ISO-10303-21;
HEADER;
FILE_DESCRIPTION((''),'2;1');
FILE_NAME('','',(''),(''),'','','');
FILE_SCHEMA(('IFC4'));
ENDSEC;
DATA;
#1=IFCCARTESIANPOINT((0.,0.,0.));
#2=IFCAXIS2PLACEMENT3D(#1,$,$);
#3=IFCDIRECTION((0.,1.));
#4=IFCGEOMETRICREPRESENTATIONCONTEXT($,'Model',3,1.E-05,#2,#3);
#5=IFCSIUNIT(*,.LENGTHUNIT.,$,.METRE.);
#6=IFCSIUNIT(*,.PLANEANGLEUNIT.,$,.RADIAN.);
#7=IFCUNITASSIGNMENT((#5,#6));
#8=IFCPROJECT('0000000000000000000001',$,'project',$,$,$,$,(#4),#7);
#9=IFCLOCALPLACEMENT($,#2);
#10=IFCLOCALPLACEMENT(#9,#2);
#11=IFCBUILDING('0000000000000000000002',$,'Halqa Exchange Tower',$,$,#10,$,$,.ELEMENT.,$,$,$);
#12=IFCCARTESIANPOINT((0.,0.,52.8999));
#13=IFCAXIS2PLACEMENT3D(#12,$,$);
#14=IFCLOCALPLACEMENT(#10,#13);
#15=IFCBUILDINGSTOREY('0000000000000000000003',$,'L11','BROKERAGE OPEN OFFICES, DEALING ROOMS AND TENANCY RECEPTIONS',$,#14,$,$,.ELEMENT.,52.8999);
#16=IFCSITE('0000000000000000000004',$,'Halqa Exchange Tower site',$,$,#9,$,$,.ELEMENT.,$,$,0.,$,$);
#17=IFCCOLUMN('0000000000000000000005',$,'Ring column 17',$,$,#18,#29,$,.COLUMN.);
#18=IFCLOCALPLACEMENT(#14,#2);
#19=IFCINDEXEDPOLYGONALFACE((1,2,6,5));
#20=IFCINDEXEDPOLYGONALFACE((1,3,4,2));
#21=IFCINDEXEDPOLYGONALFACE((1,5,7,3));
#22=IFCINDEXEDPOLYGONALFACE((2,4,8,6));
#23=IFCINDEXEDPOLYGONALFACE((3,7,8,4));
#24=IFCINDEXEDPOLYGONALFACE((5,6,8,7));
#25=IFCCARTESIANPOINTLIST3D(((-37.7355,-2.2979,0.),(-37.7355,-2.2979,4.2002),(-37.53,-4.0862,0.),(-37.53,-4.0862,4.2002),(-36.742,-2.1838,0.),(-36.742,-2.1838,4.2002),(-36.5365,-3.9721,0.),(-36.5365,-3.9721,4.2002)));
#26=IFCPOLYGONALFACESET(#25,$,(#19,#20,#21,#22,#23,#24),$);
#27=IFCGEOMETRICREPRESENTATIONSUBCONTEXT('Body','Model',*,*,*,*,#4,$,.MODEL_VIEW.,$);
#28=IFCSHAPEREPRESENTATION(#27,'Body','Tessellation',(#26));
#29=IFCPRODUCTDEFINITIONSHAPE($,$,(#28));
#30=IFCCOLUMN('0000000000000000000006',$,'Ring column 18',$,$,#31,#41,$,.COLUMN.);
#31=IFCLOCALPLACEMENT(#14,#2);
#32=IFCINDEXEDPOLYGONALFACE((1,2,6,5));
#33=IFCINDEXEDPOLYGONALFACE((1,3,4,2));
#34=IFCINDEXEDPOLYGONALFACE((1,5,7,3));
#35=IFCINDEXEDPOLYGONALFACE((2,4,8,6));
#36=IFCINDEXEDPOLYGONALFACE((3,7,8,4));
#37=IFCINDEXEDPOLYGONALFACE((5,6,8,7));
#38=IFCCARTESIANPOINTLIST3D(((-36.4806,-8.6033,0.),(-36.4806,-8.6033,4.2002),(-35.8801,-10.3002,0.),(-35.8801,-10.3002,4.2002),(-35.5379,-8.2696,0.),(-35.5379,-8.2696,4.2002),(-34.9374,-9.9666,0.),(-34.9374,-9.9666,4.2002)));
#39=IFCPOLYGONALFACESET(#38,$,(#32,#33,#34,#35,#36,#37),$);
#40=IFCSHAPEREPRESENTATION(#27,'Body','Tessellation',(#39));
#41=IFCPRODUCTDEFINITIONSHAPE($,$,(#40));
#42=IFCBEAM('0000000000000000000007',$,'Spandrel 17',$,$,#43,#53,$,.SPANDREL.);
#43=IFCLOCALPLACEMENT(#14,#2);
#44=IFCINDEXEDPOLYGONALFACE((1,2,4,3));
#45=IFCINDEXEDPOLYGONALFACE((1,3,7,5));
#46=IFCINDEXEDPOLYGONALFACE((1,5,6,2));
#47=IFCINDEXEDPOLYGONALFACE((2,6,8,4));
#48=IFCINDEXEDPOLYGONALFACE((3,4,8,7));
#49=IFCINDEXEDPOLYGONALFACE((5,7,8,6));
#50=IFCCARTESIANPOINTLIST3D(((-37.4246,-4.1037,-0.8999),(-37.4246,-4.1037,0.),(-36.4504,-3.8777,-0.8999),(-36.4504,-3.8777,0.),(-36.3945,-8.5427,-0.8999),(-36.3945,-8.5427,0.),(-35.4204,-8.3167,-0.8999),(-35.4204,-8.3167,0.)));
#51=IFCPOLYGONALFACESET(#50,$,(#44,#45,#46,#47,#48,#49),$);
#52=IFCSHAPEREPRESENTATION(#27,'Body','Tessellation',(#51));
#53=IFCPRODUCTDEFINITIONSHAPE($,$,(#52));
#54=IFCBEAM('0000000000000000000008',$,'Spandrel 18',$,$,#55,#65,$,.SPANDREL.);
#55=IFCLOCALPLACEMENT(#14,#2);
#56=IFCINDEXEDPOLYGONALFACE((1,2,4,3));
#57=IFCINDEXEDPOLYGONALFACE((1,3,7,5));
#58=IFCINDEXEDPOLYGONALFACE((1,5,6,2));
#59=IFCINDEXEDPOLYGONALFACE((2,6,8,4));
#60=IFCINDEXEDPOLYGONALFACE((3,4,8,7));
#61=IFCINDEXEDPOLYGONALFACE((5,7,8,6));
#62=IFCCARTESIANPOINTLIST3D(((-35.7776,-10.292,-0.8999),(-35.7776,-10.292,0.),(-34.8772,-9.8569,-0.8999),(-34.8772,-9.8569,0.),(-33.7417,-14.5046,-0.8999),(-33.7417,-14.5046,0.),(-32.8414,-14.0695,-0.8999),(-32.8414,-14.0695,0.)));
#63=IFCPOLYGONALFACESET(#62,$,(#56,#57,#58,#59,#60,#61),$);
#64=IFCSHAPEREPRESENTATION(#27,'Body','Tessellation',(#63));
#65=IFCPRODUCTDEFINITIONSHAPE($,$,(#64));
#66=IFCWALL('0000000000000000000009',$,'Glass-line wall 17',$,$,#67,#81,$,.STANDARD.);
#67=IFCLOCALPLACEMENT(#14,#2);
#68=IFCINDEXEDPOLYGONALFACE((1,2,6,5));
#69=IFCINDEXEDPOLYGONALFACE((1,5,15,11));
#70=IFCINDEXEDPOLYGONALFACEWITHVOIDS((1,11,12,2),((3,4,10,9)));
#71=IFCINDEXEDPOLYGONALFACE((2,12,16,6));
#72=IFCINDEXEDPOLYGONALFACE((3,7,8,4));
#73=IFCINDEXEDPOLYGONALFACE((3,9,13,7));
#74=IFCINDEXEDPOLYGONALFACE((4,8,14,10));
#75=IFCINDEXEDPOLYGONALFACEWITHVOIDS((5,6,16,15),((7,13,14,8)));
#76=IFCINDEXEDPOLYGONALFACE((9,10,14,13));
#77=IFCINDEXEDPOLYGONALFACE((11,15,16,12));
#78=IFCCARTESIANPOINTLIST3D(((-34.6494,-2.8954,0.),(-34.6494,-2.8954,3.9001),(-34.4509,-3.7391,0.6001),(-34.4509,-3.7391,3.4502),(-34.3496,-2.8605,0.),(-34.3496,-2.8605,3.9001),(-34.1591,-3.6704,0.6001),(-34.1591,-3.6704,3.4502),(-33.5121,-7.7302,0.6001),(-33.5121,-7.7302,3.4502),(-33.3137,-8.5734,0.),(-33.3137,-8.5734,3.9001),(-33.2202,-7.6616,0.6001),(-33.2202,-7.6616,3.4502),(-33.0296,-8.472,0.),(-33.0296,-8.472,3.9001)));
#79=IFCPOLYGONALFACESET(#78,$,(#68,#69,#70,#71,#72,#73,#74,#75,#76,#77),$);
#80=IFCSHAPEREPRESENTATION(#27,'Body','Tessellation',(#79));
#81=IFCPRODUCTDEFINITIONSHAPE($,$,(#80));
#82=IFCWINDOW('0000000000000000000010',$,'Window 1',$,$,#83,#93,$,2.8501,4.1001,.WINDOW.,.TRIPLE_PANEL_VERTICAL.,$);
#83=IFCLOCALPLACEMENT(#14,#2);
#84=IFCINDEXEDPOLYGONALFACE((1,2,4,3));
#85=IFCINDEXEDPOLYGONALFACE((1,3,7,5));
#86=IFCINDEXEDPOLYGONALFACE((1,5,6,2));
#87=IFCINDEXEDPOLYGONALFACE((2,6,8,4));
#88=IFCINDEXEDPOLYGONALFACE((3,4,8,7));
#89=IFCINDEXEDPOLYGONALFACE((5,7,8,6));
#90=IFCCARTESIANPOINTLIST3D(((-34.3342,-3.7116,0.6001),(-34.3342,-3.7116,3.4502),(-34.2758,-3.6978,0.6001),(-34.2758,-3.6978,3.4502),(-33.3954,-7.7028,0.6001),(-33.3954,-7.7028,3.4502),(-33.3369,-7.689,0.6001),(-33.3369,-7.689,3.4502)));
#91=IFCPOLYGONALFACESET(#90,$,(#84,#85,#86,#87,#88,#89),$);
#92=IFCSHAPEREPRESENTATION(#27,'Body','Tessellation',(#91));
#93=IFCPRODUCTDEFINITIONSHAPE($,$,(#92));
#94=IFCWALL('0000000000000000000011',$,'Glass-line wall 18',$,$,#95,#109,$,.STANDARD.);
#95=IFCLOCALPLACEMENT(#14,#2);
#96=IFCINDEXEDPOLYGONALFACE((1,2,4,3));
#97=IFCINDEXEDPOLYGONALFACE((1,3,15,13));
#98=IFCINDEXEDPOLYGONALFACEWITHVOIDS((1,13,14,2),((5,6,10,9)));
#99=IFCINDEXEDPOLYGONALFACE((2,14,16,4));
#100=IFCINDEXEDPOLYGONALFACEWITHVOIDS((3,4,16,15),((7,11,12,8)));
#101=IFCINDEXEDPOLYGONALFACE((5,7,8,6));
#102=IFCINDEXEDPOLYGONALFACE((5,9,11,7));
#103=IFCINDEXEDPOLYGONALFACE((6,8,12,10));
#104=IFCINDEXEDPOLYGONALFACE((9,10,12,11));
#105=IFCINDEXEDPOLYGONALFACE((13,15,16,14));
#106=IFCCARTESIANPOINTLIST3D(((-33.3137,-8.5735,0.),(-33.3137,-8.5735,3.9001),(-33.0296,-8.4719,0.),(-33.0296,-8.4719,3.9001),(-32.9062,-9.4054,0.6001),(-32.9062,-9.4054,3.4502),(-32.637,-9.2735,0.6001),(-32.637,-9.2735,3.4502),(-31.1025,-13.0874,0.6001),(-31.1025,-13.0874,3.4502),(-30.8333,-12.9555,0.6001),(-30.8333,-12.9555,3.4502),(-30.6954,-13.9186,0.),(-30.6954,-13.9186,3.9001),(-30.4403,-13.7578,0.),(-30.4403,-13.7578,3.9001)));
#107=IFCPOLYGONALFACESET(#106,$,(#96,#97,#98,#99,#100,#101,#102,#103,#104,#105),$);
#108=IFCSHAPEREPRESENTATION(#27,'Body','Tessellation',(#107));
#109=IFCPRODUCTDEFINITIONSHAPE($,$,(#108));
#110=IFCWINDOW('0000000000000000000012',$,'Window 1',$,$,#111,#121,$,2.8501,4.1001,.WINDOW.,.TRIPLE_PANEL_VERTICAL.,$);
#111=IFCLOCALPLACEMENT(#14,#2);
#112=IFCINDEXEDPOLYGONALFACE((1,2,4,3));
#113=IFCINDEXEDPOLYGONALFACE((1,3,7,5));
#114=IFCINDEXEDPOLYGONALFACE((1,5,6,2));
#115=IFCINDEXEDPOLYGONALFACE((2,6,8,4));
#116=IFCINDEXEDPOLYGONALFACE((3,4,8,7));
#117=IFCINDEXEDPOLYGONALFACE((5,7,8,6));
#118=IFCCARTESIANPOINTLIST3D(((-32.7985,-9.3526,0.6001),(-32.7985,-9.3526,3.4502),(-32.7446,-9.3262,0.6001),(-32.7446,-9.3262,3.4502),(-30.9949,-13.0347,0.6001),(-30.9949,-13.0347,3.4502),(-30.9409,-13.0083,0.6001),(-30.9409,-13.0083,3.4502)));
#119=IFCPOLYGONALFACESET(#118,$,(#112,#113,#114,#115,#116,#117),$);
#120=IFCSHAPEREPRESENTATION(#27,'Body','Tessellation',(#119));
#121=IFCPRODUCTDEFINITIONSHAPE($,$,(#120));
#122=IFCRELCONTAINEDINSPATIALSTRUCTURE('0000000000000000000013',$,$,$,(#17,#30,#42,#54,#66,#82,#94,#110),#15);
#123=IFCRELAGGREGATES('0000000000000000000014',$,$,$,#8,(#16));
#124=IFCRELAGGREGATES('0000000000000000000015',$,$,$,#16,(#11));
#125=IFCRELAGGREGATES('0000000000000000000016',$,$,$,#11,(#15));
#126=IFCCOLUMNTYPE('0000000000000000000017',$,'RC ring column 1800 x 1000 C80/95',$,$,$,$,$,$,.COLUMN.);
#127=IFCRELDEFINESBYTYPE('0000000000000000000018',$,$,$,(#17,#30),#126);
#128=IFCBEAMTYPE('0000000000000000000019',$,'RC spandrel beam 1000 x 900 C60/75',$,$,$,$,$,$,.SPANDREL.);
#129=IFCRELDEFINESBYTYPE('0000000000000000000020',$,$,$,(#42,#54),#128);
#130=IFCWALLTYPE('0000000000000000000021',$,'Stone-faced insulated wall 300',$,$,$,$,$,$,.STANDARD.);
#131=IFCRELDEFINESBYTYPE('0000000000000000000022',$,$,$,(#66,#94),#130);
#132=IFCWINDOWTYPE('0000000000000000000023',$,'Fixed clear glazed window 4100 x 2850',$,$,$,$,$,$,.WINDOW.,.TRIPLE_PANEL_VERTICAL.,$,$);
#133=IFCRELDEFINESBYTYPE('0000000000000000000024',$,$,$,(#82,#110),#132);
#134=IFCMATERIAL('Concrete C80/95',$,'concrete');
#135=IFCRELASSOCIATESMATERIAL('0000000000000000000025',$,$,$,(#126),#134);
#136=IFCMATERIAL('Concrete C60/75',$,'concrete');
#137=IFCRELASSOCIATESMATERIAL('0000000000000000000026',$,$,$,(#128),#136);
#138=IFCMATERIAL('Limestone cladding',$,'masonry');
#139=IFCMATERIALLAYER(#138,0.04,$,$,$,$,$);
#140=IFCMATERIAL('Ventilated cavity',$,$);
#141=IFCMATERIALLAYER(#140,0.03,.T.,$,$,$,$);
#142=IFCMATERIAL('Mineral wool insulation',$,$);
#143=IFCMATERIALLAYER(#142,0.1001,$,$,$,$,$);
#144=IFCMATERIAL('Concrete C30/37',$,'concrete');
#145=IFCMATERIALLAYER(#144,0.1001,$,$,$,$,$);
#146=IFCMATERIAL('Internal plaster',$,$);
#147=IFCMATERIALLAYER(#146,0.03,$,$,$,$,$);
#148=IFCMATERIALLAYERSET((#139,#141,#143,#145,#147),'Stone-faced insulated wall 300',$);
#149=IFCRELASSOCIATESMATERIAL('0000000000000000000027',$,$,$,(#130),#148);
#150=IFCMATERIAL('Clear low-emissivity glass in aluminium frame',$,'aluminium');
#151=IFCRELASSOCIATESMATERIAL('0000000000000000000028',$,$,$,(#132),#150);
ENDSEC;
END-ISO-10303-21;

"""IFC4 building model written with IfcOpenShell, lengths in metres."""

from ifc_helpers import new_model, si_unit, direction, frame, frame_2d, origin, origin_2d, place, context, subcontext, project, spatial, polyline, rectangle, outline, extrude, material, layer, layer_set, material_profile, profile_set, type_object, element, fill, save


model = new_model("IFC4")

# Units and contexts
model_context = context("Model", 3, precision=1e-05, world=origin(), true_north=direction((0.0, 1.0)))
body_context = subcontext(model_context, "Body", "Model", "MODEL_VIEW")
ifc_project = project(units=[si_unit("LENGTHUNIT", "METRE"), si_unit("PLANEANGLEUNIT", "RADIAN")], contexts=[model_context])

# Site, building, storey
site_placement = place(None, origin())
site = spatial("IfcSite", under=ifc_project, at=site_placement, Name="Halqa Exchange Tower site", CompositionType="ELEMENT", RefElevation=0.0)
building_placement = place(site_placement, origin())
building = spatial("IfcBuilding", under=site, at=building_placement, Name="Halqa Exchange Tower", CompositionType="ELEMENT")
storey_placement = place(building_placement, frame((0.0, 0.0, 52.8999)))
storey = spatial("IfcBuildingStorey", under=building, at=storey_placement, Name="L11", Description="BROKERAGE OPEN OFFICES, DEALING ROOMS AND TENANCY RECEPTIONS", CompositionType="ELEMENT", Elevation=52.8999)

# Columns
ifc_material_1 = material(Name="Concrete C80/95", Category="concrete")
ifc_material_profile_1 = material_profile(ifc_material_1, rectangle(XDim=1.8, YDim=1.0, at=origin_2d()), Name="1800 x 1000")
ifc_profile_set_1 = profile_set([ifc_material_profile_1], Name="Concrete C80/95")
column_type = type_object("IfcColumnType", Name="RC ring column 1800 x 1000 C80/95", PredefinedType="COLUMN", material=ifc_profile_set_1)
for number, where, z_axis, x_axis, name in (
    (1, (-37.136, -3.135, 0.0), (0.0, 0.0, 1.0), (0.114153, -0.993463, 0.0), "Ring column 17"),
    (2, (-35.709, -9.2849, 0.0), (0.0, 0.0, 1.0), (0.333628, -0.942705, 0.0), "Ring column 18"),
):
    element("IfcColumn", number, at=place(storey_placement, frame(where, z_axis=z_axis, x_axis=x_axis)), inside=storey, type_object=column_type, Name=name, PredefinedType="COLUMN", context=body_context, shape_type="SweptSolid", body=[
        extrude(rectangle(XDim=1.8, YDim=1.0, at=origin_2d()), origin(), (0.0, 0.0, 1.0), 4.2002),
    ])

# Beams
ifc_material_2 = material(Name="Concrete C60/75", Category="concrete")
ifc_material_profile_2 = material_profile(ifc_material_2, rectangle(XDim=1.0, YDim=0.8999, at=origin_2d()), Name="1000 x 900")
ifc_profile_set_2 = profile_set([ifc_material_profile_2], Name="Concrete C60/75")
beam_type = type_object("IfcBeamType", Name="RC spandrel beam 1000 x 900 C60/75", PredefinedType="SPANDREL", material=ifc_profile_set_2)
beam_1_placement = place(storey_placement, frame((-36.9375, -3.9907, -0.45), z_axis=(0.226037, -0.974119, 0.0), x_axis=(0.974119, 0.226037, 0.0)))
element("IfcBeam", 3, at=beam_1_placement, inside=storey, type_object=beam_type, Name="Spandrel 17", PredefinedType="SPANDREL", context=body_context, shape_type="SweptSolid", body=[
    extrude(rectangle(XDim=1.0, YDim=0.8999, at=origin_2d()), origin(), (0.0, 0.0, 1.0), 4.5569),
])
beam_2_placement = place(storey_placement, frame((-35.3274, -10.0745, -0.45), z_axis=(0.43513, -0.900368, 0.0), x_axis=(0.900368, 0.43513, 0.0)))
element("IfcBeam", 4, at=beam_2_placement, inside=storey, type_object=beam_type, Name="Spandrel 18", PredefinedType="SPANDREL", context=body_context, shape_type="SweptSolid", body=[
    extrude(rectangle(XDim=1.0, YDim=0.8999, at=origin_2d()), origin(), (0.0, 0.0, 1.0), 4.6787),
])

# Walls, openings, windows
ifc_material_3 = material(Name="Limestone cladding", Category="masonry")
ifc_layer_1 = layer(ifc_material_3, 0.04)
ifc_material_4 = material(Name="Ventilated cavity")
ifc_layer_2 = layer(ifc_material_4, 0.03, ventilated=True)
ifc_material_5 = material(Name="Mineral wool insulation")
ifc_layer_3 = layer(ifc_material_5, 0.1001)
ifc_material_6 = material(Name="Concrete C30/37", Category="concrete")
ifc_layer_4 = layer(ifc_material_6, 0.1001)
ifc_material_7 = material(Name="Internal plaster")
ifc_layer_5 = layer(ifc_material_7, 0.03)
ifc_layer_set = layer_set([ifc_layer_1, ifc_layer_2, ifc_layer_3, ifc_layer_4, ifc_layer_5], Name="Stone-faced insulated wall 300")
wall_type = type_object("IfcWallType", Name="Stone-faced insulated wall 300", PredefinedType="STANDARD", material=ifc_layer_set)
wall_1_placement = place(storey_placement, frame((-34.4995, -2.8779, 0.0), z_axis=(0.0, 0.0, 1.0), x_axis=(0.22899, -0.973429, 0.0)))
wall_1 = element("IfcWall", 5, at=wall_1_placement, inside=storey, type_object=wall_type, Name="Glass-line wall 17", PredefinedType="STANDARD", context=body_context, shape_type="SweptSolid", body=[
    extrude(outline(polyline([(-0.0173, -0.1499), (5.8157, -0.1499), (5.782, 0.1499), (0.0173, 0.1499), (-0.0173, -0.1499)])), origin(), (0.0, 0.0, 1.0), 3.9001),
])
opening_1_placement = place(wall_1_placement, frame((0.8494, 0.0, 0.6001)))
opening_1 = element("IfcOpeningElement", 6, at=opening_1_placement, cuts=wall_1, PredefinedType="OPENING", context=body_context, shape_type="SweptSolid", body=[
    extrude(rectangle(XDim=4.1001, YDim=2.8501, at=frame_2d((2.05, 1.425))), frame((0.0, 0.1621, 0.0), z_axis=(0.0, -1.0, 0.0), x_axis=(1.0, 0.0, 0.0)), (0.0, 0.0, 1.0), 0.324),
])
ifc_material_8 = material(Name="Clear low-emissivity glass in aluminium frame", Category="aluminium")
window_type = type_object("IfcWindowType", Name="Fixed clear glazed window 4100 x 2850", PartitioningType="TRIPLE_PANEL_VERTICAL", PredefinedType="WINDOW", material=ifc_material_8)
window_1_placement = place(opening_1_placement, origin())
window_1 = element("IfcWindow", 7, at=window_1_placement, inside=storey, type_object=window_type, Name="Window 1", OverallHeight=2.8501, OverallWidth=4.1001, PartitioningType="TRIPLE_PANEL_VERTICAL", PredefinedType="WINDOW", context=body_context, shape_type="SweptSolid", body=[
    extrude(rectangle(XDim=4.1001, YDim=2.8501, at=frame_2d((2.05, 1.425))), frame((0.0, 0.03, 0.0), z_axis=(0.0, -1.0, 0.0), x_axis=(1.0, 0.0, 0.0)), (0.0, 0.0, 1.0), 0.0601),
])
fill(opening_1, window_1)
wall_2_placement = place(storey_placement, frame((-33.1716, -8.5227, 0.0), z_axis=(0.0, 0.0, 1.0), x_axis=(0.439906, -0.898044, 0.0)))
wall_2 = element("IfcWall", 8, at=wall_2_placement, inside=storey, type_object=wall_type, Name="Glass-line wall 18", PredefinedType="STANDARD", context=body_context, shape_type="SweptSolid", body=[
    extrude(outline(polyline([(-0.0168, -0.1499), (5.9351, -0.1499), (5.9028, 0.1499), (0.0168, 0.1499), (-0.0168, -0.1499)])), origin(), (0.0, 0.0, 1.0), 3.9001),
])
opening_2_placement = place(wall_2_placement, frame((0.9094, 0.0, 0.6001)))
opening_2 = element("IfcOpeningElement", 9, at=opening_2_placement, cuts=wall_2, PredefinedType="OPENING", context=body_context, shape_type="SweptSolid", body=[
    extrude(rectangle(XDim=4.1001, YDim=2.8501, at=frame_2d((2.05, 1.425))), frame((0.0, 0.1621, 0.0), z_axis=(0.0, -1.0, 0.0), x_axis=(1.0, 0.0, 0.0)), (0.0, 0.0, 1.0), 0.324),
])
window_2_placement = place(opening_2_placement, origin())
window_2 = element("IfcWindow", 10, at=window_2_placement, inside=storey, type_object=window_type, Name="Window 1", OverallHeight=2.8501, OverallWidth=4.1001, PartitioningType="TRIPLE_PANEL_VERTICAL", PredefinedType="WINDOW", context=body_context, shape_type="SweptSolid", body=[
    extrude(rectangle(XDim=4.1001, YDim=2.8501, at=frame_2d((2.05, 1.425))), frame((0.0, 0.03, 0.0), z_axis=(0.0, -1.0, 0.0), x_axis=(1.0, 0.0, 0.0)), (0.0, 0.0, 1.0), 0.0601),
])
fill(opening_2, window_2)

save(model, "model.ifc")
